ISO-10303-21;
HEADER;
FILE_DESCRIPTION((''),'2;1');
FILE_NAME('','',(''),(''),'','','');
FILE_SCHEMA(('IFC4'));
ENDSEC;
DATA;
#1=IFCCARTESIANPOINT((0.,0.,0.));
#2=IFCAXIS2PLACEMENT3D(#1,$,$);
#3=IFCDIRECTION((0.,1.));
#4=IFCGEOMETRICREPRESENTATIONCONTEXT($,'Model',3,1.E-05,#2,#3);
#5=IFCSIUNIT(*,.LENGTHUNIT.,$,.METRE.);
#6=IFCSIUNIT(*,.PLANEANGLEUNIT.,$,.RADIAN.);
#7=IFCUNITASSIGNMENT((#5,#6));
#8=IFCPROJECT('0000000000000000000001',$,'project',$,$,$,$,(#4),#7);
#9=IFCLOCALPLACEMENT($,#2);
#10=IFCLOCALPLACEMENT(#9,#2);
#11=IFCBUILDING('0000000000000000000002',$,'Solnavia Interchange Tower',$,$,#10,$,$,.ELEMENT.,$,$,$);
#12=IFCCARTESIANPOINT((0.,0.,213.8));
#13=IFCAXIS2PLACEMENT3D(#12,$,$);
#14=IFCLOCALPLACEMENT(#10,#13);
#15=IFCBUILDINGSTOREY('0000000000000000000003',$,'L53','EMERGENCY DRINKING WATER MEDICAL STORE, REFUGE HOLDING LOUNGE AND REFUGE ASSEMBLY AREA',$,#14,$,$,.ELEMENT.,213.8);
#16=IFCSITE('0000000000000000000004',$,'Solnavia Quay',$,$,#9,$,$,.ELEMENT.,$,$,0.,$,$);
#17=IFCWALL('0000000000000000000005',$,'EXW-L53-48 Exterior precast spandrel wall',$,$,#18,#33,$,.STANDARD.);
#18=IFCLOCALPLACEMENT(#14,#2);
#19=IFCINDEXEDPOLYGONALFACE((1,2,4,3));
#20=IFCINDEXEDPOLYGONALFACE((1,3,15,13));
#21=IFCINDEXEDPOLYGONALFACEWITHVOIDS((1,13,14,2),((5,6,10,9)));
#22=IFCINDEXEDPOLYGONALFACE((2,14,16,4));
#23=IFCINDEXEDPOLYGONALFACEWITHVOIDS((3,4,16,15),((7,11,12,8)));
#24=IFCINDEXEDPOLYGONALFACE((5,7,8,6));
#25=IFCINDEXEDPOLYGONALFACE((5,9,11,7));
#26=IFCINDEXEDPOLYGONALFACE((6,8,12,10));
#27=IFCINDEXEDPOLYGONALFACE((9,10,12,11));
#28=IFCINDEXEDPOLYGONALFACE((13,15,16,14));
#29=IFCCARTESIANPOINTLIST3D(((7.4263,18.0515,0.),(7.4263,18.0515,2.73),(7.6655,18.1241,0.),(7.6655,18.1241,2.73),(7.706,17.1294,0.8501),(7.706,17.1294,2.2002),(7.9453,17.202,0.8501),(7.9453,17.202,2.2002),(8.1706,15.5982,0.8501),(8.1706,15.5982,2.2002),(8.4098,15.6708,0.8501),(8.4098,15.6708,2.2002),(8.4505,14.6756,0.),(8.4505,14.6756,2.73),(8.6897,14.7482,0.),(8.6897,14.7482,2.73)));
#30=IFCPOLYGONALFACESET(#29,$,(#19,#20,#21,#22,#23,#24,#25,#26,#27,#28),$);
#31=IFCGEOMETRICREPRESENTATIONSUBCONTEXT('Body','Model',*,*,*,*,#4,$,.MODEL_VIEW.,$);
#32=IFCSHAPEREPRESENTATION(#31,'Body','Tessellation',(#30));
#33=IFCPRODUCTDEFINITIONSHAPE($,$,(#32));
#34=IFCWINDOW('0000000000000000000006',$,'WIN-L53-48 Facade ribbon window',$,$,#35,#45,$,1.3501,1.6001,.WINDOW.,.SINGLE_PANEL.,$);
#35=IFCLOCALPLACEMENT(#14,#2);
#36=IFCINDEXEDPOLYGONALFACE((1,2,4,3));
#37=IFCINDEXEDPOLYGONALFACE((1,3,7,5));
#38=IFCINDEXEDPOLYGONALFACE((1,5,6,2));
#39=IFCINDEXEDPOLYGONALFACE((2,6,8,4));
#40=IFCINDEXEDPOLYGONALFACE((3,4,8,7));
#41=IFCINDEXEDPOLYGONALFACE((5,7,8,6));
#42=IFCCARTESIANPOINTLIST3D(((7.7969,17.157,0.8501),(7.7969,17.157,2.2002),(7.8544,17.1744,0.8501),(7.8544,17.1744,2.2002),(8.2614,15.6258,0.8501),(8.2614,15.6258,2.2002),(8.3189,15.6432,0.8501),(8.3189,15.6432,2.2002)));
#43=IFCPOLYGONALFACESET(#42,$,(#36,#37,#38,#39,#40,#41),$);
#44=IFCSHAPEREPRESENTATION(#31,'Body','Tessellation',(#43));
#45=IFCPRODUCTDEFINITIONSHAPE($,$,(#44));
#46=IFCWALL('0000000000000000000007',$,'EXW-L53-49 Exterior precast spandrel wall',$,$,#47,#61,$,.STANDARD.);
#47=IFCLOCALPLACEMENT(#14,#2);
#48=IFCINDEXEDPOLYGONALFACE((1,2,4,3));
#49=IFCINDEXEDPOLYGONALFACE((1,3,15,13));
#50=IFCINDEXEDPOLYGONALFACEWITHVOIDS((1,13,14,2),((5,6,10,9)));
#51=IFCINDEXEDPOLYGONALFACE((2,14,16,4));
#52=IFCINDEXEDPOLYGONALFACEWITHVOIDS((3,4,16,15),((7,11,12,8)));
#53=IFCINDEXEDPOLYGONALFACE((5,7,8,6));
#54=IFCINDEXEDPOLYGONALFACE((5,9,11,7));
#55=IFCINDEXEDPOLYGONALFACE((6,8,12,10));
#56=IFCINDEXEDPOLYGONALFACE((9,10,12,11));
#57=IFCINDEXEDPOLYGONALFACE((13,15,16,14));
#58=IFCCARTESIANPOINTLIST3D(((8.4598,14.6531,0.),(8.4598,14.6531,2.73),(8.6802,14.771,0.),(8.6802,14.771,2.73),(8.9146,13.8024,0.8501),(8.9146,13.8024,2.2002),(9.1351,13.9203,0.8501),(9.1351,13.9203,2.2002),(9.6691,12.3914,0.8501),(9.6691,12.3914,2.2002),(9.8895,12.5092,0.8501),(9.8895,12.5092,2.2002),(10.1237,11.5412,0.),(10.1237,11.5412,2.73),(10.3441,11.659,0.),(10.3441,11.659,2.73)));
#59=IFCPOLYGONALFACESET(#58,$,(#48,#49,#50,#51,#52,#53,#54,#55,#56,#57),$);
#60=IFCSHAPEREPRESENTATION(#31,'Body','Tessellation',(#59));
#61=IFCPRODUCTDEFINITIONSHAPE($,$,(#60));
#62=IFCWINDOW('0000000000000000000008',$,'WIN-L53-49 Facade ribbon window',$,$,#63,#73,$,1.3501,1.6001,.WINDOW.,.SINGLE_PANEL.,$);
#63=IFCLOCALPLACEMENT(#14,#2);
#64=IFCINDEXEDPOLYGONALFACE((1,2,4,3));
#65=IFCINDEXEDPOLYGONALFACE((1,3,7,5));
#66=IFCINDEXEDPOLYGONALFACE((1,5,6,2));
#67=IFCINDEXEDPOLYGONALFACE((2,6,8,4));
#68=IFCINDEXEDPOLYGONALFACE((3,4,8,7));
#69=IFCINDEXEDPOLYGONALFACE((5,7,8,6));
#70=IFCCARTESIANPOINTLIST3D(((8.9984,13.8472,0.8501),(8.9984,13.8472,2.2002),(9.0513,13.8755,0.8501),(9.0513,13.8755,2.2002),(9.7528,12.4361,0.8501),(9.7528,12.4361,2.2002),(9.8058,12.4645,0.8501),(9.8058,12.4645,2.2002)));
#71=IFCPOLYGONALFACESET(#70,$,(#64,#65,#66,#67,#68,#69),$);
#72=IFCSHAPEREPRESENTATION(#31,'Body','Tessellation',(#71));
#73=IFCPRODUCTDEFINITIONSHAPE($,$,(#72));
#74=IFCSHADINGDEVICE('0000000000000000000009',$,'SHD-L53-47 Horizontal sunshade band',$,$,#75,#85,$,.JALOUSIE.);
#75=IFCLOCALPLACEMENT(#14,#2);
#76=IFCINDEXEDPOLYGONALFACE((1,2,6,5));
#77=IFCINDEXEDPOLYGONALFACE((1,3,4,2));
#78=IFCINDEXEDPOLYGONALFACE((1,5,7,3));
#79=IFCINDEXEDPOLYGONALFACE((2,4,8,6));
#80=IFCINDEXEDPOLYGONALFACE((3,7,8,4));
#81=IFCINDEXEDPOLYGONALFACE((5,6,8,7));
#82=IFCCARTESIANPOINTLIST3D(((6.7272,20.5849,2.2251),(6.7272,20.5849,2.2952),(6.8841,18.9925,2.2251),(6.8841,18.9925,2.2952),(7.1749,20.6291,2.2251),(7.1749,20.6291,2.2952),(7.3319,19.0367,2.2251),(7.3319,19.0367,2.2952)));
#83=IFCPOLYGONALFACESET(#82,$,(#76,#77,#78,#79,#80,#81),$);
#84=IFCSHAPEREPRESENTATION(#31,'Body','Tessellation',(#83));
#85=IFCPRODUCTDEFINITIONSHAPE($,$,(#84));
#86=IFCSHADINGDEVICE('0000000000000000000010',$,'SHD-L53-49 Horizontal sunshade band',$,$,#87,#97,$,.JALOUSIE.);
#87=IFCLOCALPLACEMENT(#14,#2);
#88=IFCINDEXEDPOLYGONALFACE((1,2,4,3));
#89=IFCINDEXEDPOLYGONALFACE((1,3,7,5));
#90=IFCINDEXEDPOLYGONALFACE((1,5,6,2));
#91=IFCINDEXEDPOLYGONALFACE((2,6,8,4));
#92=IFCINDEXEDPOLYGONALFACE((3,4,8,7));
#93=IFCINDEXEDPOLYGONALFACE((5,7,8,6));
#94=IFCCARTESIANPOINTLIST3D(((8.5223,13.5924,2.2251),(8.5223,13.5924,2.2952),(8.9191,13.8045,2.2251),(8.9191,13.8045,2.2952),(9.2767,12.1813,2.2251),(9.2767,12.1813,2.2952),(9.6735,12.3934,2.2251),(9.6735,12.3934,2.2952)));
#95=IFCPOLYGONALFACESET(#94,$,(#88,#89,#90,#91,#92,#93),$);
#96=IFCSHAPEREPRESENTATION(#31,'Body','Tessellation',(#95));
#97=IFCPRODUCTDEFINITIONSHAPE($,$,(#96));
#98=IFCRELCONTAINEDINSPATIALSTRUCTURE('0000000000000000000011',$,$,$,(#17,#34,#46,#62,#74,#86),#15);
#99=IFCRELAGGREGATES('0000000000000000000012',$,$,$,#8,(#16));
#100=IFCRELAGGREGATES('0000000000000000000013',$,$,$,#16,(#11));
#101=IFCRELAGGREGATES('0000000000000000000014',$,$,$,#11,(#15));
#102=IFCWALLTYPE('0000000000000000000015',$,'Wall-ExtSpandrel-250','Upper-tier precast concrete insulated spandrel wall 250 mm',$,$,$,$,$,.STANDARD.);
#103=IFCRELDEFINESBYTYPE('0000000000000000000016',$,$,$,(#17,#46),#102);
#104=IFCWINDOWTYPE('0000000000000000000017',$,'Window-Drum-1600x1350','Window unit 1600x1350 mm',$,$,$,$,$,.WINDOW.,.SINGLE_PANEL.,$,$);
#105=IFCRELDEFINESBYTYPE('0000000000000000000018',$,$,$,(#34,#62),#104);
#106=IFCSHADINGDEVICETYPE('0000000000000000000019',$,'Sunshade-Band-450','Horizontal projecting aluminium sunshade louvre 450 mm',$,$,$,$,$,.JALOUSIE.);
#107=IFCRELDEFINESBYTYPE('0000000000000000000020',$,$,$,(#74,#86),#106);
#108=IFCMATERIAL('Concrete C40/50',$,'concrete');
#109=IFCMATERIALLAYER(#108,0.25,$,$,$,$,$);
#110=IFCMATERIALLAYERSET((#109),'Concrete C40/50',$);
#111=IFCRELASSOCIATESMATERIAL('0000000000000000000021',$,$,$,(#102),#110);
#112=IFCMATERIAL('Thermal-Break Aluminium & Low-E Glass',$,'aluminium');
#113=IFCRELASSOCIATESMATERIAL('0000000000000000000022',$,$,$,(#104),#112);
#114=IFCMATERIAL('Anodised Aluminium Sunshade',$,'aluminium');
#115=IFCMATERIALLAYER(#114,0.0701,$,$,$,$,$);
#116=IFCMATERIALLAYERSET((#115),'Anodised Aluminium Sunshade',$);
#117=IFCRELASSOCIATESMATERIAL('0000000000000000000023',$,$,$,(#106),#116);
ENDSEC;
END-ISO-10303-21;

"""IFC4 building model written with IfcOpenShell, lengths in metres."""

from ifc_helpers import new_model, si_unit, direction, frame, frame_2d, origin, origin_2d, place, context, subcontext, project, spatial, rectangle, extrude, material, layer, layer_set, type_object, element, fill, save


model = new_model("IFC4")

# Units and contexts
model_context = context("Model", 3, precision=1e-05, world=origin(), true_north=direction((0.0, 1.0)))
body_context = subcontext(model_context, "Body", "Model", "MODEL_VIEW")
ifc_project = project(units=[si_unit("LENGTHUNIT", "METRE"), si_unit("PLANEANGLEUNIT", "RADIAN")], contexts=[model_context])

# Site, building, storey
site_placement = place(None, origin())
site = spatial("IfcSite", under=ifc_project, at=site_placement, Name="Solnavia Quay", CompositionType="ELEMENT", RefElevation=0.0)
building_placement = place(site_placement, origin())
building = spatial("IfcBuilding", under=site, at=building_placement, Name="Solnavia Interchange Tower", CompositionType="ELEMENT")
storey_placement = place(building_placement, frame((0.0, 0.0, 213.8)))
storey = spatial("IfcBuildingStorey", under=building, at=storey_placement, Name="L53", Description="EMERGENCY DRINKING WATER MEDICAL STORE, REFUGE HOLDING LOUNGE AND REFUGE ASSEMBLY AREA", CompositionType="ELEMENT", Elevation=213.8)

# Walls, openings, windows
ifc_material_1 = material(Name="Concrete C40/50", Category="concrete")
ifc_layer_1 = layer(ifc_material_1, 0.25)
ifc_layer_set_1 = layer_set([ifc_layer_1], Name="Concrete C40/50")
wall_type = type_object("IfcWallType", Name="Wall-ExtSpandrel-250", Description="Upper-tier precast concrete insulated spandrel wall 250 mm", PredefinedType="STANDARD", material=ifc_layer_set_1)
ifc_material_2 = material(Name="Thermal-Break Aluminium & Low-E Glass", Category="aluminium")
window_type = type_object("IfcWindowType", Name="Window-Drum-1600x1350", Description="Window unit 1600x1350 mm", PartitioningType="SINGLE_PANEL", PredefinedType="WINDOW", material=ifc_material_2)
wall_1_placement = place(storey_placement, frame((8.5701, 14.7119, 0.0), z_axis=(0.0, 0.0, 1.0), x_axis=(-0.290305, 0.956934, 0.0)))
wall_1 = element("IfcWall", 1, at=wall_1_placement, inside=storey, type_object=wall_type, Name="EXW-L53-48 Exterior precast spandrel wall", PredefinedType="STANDARD", context=body_context, shape_type="SweptSolid", body=[
    extrude(rectangle(XDim=3.5278, YDim=0.25, at=frame_2d((1.7639, 0.0))), origin(), (0.0, 0.0, 1.0), 2.73),
])
opening_1_placement = place(wall_1_placement, frame((0.9641, 0.0, 0.8501)))
opening_1 = element("IfcOpeningElement", 2, at=opening_1_placement, cuts=wall_1, PredefinedType="OPENING", context=body_context, shape_type="SweptSolid", body=[
    extrude(rectangle(XDim=1.6001, YDim=1.3501, at=frame_2d((0.8, 0.675))), frame((0.0, 0.135, 0.0), z_axis=(0.0, -1.0, 0.0), x_axis=(1.0, 0.0, 0.0)), (0.0, 0.0, 1.0), 0.27),
])
window_1_placement = place(opening_1_placement, origin())
window_1 = element("IfcWindow", 3, at=window_1_placement, inside=storey, type_object=window_type, Name="WIN-L53-48 Facade ribbon window", OverallHeight=1.3501, OverallWidth=1.6001, PartitioningType="SINGLE_PANEL", PredefinedType="WINDOW", context=body_context, shape_type="SweptSolid", body=[
    extrude(rectangle(XDim=1.6001, YDim=1.3501, at=frame_2d((0.8, 0.675))), frame((0.0, 0.03, 0.0), z_axis=(0.0, -1.0, 0.0), x_axis=(1.0, 0.0, 0.0)), (0.0, 0.0, 1.0), 0.0601),
])
fill(opening_1, window_1)
wall_2_placement = place(storey_placement, frame((10.2339, 11.6001, 0.0), z_axis=(0.0, 0.0, 1.0), x_axis=(-0.471511, 0.88186, 0.0)))
wall_2 = element("IfcWall", 4, at=wall_2_placement, inside=storey, type_object=wall_type, Name="EXW-L53-49 Exterior precast spandrel wall", PredefinedType="STANDARD", context=body_context, shape_type="SweptSolid", body=[
    extrude(rectangle(XDim=3.5288, YDim=0.25, at=frame_2d((1.7644, 0.0))), origin(), (0.0, 0.0, 1.0), 2.73),
])
opening_2_placement = place(wall_2_placement, frame((0.9641, 0.0, 0.8501)))
opening_2 = element("IfcOpeningElement", 5, at=opening_2_placement, cuts=wall_2, PredefinedType="OPENING", context=body_context, shape_type="SweptSolid", body=[
    extrude(rectangle(XDim=1.6001, YDim=1.3501, at=frame_2d((0.8, 0.675))), frame((0.0, 0.135, 0.0), z_axis=(0.0, -1.0, 0.0), x_axis=(1.0, 0.0, 0.0)), (0.0, 0.0, 1.0), 0.27),
])
window_2_placement = place(opening_2_placement, origin())
window_2 = element("IfcWindow", 6, at=window_2_placement, inside=storey, type_object=window_type, Name="WIN-L53-49 Facade ribbon window", OverallHeight=1.3501, OverallWidth=1.6001, PartitioningType="SINGLE_PANEL", PredefinedType="WINDOW", context=body_context, shape_type="SweptSolid", body=[
    extrude(rectangle(XDim=1.6001, YDim=1.3501, at=frame_2d((0.8, 0.675))), frame((0.0, 0.03, 0.0), z_axis=(0.0, -1.0, 0.0), x_axis=(1.0, 0.0, 0.0)), (0.0, 0.0, 1.0), 0.0601),
])
fill(opening_2, window_2)

# Shading devices
ifc_material_3 = material(Name="Anodised Aluminium Sunshade", Category="aluminium")
ifc_layer_2 = layer(ifc_material_3, 0.0701)
ifc_layer_set_2 = layer_set([ifc_layer_2], Name="Anodised Aluminium Sunshade")
shading_device_type = type_object("IfcShadingDeviceType", Name="Sunshade-Band-450", Description="Horizontal projecting aluminium sunshade louvre 450 mm", PredefinedType="JALOUSIE", material=ifc_layer_set_2)
for number, where, z_axis, x_axis, name in (
    (7, (7.0295, 19.8108, 2.2251), (0.0, 0.0, 1.0), (-0.098104, 0.995176, 0.0), "SHD-L53-47 Horizontal sunshade band"),
    (8, (9.0979, 12.9929, 2.2251), (0.0, 0.0, 1.0), (-0.471474, 0.88188, 0.0), "SHD-L53-49 Horizontal sunshade band"),
):
    element("IfcShadingDevice", number, at=place(storey_placement, frame(where, z_axis=z_axis, x_axis=x_axis)), inside=storey, type_object=shading_device_type, Name=name, PredefinedType="JALOUSIE", context=body_context, shape_type="SweptSolid", body=[
        extrude(rectangle(XDim=1.6001, YDim=0.45, at=origin_2d()), origin(), (0.0, 0.0, 1.0), 0.0701),
    ])

save(model, "model.ifc")
